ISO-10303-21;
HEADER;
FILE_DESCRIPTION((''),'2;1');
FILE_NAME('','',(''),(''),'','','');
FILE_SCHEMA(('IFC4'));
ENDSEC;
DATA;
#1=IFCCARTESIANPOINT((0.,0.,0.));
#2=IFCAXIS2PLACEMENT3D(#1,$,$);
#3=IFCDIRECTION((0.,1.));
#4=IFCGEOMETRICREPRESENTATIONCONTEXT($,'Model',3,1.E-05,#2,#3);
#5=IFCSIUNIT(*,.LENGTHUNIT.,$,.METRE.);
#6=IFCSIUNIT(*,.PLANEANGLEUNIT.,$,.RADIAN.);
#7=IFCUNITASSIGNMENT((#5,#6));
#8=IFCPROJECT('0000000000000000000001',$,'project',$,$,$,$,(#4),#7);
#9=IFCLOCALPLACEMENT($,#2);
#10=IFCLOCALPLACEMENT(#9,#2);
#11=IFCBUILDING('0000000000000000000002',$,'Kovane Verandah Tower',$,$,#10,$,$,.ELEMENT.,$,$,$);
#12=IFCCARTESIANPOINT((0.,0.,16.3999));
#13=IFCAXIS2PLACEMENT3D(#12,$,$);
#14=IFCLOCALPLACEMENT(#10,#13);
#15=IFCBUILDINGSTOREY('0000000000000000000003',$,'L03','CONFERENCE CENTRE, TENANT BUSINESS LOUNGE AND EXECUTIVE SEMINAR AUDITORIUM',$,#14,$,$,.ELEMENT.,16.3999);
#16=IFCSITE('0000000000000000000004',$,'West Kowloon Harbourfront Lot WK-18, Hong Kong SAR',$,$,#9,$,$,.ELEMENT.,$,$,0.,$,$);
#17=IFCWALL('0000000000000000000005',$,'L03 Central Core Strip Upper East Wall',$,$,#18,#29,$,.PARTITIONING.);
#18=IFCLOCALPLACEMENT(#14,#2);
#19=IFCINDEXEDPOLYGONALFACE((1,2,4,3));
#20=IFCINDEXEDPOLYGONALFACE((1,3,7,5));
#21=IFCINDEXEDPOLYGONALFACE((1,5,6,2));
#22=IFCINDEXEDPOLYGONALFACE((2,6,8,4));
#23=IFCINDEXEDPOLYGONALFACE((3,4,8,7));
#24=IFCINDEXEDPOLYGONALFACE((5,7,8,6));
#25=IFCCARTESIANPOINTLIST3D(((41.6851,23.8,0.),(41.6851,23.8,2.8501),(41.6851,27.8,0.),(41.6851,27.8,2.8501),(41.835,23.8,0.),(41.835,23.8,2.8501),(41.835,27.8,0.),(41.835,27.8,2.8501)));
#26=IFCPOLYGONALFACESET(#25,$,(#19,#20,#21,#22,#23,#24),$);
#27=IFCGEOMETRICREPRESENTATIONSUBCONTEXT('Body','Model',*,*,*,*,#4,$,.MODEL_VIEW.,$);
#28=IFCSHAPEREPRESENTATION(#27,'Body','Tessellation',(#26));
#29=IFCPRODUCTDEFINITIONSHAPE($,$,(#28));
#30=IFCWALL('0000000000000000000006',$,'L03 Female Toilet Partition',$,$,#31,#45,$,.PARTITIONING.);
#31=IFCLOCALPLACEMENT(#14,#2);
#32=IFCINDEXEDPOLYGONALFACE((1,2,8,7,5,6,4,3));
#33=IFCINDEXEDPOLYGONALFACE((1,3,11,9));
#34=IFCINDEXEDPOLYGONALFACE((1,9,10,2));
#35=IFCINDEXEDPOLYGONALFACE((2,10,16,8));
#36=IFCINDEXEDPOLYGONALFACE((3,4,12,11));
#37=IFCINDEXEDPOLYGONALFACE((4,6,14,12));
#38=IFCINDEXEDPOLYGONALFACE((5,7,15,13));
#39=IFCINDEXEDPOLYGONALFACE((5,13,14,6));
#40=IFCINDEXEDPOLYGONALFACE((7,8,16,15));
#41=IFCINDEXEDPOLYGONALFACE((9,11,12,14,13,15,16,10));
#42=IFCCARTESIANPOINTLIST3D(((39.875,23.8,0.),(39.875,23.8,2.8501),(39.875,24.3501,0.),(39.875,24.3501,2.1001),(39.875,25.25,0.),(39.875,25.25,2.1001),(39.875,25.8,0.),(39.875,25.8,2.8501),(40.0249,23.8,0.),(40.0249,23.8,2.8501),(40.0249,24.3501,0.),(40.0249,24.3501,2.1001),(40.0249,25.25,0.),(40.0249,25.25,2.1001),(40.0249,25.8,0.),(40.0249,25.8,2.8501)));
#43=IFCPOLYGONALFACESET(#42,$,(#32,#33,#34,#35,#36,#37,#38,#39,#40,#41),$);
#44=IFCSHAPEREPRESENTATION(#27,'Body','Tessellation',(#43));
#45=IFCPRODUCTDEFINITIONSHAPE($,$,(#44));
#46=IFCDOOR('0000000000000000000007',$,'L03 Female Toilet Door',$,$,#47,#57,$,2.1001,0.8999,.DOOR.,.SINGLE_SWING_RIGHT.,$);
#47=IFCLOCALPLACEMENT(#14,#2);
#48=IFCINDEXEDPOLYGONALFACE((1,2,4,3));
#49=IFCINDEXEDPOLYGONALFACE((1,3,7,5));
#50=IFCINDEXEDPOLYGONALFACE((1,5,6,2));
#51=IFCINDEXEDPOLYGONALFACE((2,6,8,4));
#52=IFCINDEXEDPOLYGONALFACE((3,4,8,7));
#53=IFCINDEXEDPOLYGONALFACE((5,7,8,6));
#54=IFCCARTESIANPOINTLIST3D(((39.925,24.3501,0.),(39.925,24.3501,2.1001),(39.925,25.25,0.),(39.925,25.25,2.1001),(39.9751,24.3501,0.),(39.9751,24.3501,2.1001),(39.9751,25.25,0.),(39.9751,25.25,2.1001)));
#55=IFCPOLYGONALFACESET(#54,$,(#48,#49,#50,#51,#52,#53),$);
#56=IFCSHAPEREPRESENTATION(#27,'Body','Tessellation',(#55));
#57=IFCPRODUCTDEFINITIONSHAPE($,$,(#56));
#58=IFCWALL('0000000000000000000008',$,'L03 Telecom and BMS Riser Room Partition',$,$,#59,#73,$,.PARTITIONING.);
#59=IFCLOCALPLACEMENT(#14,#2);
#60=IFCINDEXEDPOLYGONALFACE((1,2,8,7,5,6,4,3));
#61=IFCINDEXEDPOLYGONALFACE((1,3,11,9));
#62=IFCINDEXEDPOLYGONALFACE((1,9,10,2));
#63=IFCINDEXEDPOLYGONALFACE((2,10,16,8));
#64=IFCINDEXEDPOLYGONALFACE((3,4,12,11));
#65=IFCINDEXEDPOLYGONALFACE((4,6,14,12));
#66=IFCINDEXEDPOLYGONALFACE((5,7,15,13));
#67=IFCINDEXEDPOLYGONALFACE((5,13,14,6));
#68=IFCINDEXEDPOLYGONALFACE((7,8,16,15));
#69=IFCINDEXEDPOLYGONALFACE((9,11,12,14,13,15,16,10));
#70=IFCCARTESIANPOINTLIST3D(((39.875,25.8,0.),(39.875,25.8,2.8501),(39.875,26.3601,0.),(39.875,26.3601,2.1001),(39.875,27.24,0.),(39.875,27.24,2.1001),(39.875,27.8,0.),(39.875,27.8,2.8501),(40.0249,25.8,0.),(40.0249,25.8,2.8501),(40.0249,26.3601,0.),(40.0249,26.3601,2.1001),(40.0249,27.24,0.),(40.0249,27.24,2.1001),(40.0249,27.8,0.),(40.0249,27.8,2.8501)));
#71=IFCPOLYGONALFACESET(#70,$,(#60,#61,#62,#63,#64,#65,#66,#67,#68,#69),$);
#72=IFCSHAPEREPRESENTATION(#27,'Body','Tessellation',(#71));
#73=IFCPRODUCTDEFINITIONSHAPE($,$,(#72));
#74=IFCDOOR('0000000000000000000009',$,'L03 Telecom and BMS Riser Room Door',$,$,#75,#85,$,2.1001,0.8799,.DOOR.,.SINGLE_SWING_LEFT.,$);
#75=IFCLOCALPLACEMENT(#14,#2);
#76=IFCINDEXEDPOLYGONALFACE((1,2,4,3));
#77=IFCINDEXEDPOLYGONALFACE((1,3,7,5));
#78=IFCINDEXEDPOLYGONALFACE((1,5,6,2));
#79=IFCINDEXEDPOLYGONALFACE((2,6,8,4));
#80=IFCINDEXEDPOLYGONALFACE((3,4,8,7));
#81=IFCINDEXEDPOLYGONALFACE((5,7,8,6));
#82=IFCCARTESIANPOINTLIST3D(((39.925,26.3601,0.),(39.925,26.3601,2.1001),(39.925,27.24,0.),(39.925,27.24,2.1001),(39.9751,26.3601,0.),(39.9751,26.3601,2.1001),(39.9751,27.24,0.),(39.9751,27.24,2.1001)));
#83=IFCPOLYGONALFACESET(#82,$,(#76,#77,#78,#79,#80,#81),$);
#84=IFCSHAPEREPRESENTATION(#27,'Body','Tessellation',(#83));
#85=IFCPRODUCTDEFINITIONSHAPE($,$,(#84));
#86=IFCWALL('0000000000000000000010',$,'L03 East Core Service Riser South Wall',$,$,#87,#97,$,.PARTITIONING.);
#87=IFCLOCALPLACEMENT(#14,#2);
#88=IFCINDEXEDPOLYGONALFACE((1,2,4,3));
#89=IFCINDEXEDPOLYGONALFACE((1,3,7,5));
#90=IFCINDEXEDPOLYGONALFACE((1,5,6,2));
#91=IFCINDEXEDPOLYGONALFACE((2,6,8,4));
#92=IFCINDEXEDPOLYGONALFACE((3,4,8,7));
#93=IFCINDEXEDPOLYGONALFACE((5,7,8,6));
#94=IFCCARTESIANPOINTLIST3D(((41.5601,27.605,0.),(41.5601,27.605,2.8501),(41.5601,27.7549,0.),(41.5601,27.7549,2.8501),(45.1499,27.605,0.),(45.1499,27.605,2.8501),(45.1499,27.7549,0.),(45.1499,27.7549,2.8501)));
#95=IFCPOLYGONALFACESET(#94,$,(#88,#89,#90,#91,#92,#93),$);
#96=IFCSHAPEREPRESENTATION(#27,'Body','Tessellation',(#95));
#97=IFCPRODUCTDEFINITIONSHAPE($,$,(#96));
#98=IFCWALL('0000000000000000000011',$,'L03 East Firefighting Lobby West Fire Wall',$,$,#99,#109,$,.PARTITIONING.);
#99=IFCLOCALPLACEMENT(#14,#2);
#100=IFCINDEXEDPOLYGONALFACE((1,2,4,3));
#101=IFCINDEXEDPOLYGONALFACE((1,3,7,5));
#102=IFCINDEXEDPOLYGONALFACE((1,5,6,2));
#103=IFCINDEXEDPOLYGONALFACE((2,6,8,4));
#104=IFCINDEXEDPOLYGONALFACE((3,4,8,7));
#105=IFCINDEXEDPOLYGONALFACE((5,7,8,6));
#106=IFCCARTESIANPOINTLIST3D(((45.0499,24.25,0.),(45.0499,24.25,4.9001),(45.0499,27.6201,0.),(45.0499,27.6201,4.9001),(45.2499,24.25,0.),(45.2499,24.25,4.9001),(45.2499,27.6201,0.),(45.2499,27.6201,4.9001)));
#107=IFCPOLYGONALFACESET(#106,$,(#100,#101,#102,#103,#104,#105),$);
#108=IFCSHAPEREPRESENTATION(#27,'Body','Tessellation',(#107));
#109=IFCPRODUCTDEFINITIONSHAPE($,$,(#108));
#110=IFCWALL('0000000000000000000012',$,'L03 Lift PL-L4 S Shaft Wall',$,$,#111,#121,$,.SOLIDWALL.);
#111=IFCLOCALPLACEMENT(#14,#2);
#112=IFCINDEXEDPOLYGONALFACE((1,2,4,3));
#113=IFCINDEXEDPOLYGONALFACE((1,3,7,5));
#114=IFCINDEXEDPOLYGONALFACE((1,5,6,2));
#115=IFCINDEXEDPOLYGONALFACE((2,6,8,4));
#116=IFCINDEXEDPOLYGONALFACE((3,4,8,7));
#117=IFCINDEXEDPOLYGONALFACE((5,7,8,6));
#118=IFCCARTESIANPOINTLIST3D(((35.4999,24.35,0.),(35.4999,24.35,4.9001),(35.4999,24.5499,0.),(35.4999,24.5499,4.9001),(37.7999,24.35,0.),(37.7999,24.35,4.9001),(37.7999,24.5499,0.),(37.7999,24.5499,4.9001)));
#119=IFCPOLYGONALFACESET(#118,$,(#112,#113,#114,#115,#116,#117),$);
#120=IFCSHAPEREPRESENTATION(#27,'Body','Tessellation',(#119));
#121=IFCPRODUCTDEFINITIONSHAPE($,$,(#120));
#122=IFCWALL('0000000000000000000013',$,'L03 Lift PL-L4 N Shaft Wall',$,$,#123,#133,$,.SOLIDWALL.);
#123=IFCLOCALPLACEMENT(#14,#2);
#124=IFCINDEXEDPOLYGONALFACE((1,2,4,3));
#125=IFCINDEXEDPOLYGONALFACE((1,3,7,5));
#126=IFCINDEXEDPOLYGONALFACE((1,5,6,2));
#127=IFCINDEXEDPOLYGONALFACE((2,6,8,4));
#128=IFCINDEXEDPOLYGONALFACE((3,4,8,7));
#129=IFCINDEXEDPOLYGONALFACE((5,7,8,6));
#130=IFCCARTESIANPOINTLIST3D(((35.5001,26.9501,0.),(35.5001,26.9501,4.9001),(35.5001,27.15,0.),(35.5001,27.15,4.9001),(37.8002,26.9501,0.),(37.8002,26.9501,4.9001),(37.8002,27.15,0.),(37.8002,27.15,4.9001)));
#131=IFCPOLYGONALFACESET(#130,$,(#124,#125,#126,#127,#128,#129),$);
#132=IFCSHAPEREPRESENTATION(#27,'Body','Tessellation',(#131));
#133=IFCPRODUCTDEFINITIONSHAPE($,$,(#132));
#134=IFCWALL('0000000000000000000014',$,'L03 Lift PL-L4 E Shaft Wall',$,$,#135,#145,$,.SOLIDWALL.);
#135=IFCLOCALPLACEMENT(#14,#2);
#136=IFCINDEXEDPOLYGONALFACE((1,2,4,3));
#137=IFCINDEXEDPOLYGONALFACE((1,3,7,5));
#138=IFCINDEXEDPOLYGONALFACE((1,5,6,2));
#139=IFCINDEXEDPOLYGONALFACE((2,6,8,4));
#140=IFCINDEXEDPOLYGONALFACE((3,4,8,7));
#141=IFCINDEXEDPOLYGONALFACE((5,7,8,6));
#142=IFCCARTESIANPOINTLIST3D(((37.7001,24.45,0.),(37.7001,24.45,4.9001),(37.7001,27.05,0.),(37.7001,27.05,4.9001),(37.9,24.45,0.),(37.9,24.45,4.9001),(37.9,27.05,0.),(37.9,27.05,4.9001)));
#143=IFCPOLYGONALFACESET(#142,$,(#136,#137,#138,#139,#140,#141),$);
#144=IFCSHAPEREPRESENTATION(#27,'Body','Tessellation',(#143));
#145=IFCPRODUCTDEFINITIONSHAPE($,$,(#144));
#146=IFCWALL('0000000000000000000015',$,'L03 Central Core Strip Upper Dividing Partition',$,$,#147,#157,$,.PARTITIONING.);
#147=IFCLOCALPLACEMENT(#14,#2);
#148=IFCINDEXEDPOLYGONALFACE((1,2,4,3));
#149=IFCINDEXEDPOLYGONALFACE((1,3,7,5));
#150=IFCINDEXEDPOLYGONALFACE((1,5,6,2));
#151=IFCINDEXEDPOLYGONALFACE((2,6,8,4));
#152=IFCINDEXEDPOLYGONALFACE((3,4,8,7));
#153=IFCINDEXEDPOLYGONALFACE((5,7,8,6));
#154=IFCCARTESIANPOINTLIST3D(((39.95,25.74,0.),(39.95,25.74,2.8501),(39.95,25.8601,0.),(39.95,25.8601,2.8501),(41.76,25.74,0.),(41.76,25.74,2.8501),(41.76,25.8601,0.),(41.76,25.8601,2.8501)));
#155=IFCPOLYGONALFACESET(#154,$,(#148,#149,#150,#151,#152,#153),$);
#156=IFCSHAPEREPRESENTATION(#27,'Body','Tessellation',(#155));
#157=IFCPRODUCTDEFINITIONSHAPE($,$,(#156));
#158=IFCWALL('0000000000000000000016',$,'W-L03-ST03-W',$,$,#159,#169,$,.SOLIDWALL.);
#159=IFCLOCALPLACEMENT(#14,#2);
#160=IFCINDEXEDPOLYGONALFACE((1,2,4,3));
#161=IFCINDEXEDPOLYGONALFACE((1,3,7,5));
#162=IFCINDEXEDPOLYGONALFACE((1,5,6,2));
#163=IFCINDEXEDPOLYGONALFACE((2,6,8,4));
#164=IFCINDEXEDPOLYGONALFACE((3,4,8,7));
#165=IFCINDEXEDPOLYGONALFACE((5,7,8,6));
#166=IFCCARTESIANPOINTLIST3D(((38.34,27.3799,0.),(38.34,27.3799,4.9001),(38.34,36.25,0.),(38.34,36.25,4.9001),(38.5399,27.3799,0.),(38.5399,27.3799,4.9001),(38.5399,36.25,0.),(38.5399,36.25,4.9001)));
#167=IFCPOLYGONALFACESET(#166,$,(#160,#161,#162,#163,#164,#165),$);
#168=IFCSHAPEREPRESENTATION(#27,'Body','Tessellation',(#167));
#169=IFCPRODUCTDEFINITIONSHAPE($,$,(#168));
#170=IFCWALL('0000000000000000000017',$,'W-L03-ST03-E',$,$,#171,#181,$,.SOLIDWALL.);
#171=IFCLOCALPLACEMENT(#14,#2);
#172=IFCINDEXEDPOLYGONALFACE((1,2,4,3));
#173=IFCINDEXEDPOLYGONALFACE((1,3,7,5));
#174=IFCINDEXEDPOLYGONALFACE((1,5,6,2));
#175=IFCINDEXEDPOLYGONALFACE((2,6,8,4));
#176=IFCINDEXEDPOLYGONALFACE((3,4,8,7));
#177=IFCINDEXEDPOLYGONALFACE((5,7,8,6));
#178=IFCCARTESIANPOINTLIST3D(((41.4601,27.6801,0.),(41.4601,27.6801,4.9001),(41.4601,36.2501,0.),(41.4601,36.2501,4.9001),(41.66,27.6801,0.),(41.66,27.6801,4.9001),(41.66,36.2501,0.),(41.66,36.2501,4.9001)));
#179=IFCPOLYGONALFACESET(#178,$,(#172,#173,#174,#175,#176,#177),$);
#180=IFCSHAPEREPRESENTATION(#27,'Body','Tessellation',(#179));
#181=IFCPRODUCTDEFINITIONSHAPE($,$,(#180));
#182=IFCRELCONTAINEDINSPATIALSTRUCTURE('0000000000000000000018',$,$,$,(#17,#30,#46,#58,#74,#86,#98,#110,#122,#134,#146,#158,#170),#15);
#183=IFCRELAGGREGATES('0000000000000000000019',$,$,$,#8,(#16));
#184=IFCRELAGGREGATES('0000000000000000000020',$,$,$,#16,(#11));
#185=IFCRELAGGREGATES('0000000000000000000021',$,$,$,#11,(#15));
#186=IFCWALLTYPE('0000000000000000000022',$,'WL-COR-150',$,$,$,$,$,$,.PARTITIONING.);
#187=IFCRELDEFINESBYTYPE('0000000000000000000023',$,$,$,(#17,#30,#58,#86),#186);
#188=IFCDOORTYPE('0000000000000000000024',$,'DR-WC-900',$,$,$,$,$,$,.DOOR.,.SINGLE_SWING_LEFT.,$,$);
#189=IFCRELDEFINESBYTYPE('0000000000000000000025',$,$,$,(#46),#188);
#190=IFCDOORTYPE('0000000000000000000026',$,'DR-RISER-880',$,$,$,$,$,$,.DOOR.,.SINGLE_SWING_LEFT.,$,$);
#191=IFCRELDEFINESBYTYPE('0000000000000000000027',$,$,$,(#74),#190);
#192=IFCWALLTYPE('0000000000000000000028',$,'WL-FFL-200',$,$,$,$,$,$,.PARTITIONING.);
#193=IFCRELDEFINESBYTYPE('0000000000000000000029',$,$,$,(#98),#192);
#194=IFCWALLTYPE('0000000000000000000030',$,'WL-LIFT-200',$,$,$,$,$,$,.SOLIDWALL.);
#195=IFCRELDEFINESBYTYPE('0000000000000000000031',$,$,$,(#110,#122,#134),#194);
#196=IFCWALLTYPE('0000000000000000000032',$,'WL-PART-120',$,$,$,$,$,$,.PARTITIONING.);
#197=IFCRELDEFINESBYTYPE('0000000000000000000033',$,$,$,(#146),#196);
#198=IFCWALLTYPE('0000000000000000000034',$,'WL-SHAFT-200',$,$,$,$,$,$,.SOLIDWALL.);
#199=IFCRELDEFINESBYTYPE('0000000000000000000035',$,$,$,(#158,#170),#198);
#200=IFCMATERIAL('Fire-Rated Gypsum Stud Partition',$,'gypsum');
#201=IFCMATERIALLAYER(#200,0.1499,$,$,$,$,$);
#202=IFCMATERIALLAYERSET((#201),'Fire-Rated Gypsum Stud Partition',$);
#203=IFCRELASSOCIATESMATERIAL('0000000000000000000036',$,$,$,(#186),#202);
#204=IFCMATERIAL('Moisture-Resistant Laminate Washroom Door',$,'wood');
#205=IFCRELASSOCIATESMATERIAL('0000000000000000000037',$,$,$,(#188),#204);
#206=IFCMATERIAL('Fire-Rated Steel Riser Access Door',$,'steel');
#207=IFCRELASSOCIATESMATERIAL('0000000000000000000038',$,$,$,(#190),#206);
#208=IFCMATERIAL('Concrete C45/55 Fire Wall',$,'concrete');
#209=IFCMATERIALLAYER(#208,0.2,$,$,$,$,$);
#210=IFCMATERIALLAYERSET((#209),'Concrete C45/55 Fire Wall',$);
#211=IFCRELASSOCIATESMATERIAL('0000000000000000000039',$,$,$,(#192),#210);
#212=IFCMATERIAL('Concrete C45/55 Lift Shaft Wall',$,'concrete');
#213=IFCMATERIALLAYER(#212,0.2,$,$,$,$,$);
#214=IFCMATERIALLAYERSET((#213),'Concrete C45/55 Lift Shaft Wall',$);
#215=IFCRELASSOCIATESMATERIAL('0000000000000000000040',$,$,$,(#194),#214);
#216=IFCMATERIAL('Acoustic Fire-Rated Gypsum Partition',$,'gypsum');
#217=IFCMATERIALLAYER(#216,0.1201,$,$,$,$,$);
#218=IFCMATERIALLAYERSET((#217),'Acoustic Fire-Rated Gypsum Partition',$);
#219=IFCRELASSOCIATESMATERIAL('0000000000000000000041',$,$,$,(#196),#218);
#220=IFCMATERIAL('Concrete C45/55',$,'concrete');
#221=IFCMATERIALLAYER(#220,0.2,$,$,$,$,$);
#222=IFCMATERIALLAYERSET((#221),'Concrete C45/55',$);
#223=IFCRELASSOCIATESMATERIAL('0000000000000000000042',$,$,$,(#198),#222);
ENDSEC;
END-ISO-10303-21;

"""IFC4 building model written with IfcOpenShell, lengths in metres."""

from ifc_helpers import new_model, si_unit, direction, frame, frame_2d, origin, place, context, subcontext, project, spatial, rectangle, extrude, material, layer, layer_set, type_object, element, fill, save


model = new_model("IFC4")

# Units and contexts
model_context = context("Model", 3, precision=1e-05, world=origin(), true_north=direction((0.0, 1.0)))
body_context = subcontext(model_context, "Body", "Model", "MODEL_VIEW")
ifc_project = project(units=[si_unit("LENGTHUNIT", "METRE"), si_unit("PLANEANGLEUNIT", "RADIAN")], contexts=[model_context])

# Site, building, storey
site_placement = place(None, origin())
site = spatial("IfcSite", under=ifc_project, at=site_placement, Name="West Kowloon Harbourfront Lot WK-18, Hong Kong SAR", CompositionType="ELEMENT", RefElevation=0.0)
building_placement = place(site_placement, origin())
building = spatial("IfcBuilding", under=site, at=building_placement, Name="Kovane Verandah Tower", CompositionType="ELEMENT")
storey_placement = place(building_placement, frame((0.0, 0.0, 16.3999)))
storey = spatial("IfcBuildingStorey", under=building, at=storey_placement, Name="L03", Description="CONFERENCE CENTRE, TENANT BUSINESS LOUNGE AND EXECUTIVE SEMINAR AUDITORIUM", CompositionType="ELEMENT", Elevation=16.3999)

# Wall
ifc_material_1 = material(Name="Fire-Rated Gypsum Stud Partition", Category="gypsum")
ifc_layer_1 = layer(ifc_material_1, 0.1499)
ifc_layer_set_1 = layer_set([ifc_layer_1], Name="Fire-Rated Gypsum Stud Partition")
wall_type_1 = type_object("IfcWallType", Name="WL-COR-150", PredefinedType="PARTITIONING", material=ifc_layer_set_1)
wall_1_placement = place(storey_placement, frame((41.76, 23.8, 0.0), z_axis=(0.0, 0.0, 1.0), x_axis=(0.0, 1.0, 0.0)))
element("IfcWall", 1, at=wall_1_placement, inside=storey, type_object=wall_type_1, Name="L03 Central Core Strip Upper East Wall", PredefinedType="PARTITIONING", context=body_context, shape_type="SweptSolid", body=[
    extrude(rectangle(XDim=4.0, YDim=0.1499, at=frame_2d((2.0, 0.0))), origin(), (0.0, 0.0, 1.0), 2.8501),
])

# Walls, openings, doors
wall_2_placement = place(storey_placement, frame((39.95, 23.8, 0.0), z_axis=(0.0, 0.0, 1.0), x_axis=(0.0, 1.0, 0.0)))
wall_2 = element("IfcWall", 2, at=wall_2_placement, inside=storey, type_object=wall_type_1, Name="L03 Female Toilet Partition", PredefinedType="PARTITIONING", context=body_context, shape_type="SweptSolid", body=[
    extrude(rectangle(XDim=2.0, YDim=0.1499, at=frame_2d((1.0, 0.0))), origin(), (0.0, 0.0, 1.0), 2.8501),
])
opening_1_placement = place(wall_2_placement, frame((0.55, 0.0, 0.0)))
opening_1 = element("IfcOpeningElement", 3, at=opening_1_placement, cuts=wall_2, PredefinedType="OPENING", context=body_context, shape_type="SweptSolid", body=[
    extrude(rectangle(XDim=0.8999, YDim=2.1001, at=frame_2d((0.45, 1.05))), frame((0.0, 0.075, 0.0), z_axis=(0.0, -1.0, 0.0), x_axis=(1.0, 0.0, 0.0)), (0.0, 0.0, 1.0), 0.1499),
])
ifc_material_2 = material(Name="Moisture-Resistant Laminate Washroom Door", Category="wood")
door_type_1 = type_object("IfcDoorType", Name="DR-WC-900", OperationType="SINGLE_SWING_LEFT", PredefinedType="DOOR", material=ifc_material_2)
door_1_placement = place(opening_1_placement, origin())
door_1 = element("IfcDoor", 4, at=door_1_placement, inside=storey, type_object=door_type_1, Name="L03 Female Toilet Door", OperationType="SINGLE_SWING_RIGHT", OverallHeight=2.1001, OverallWidth=0.8999, PredefinedType="DOOR", context=body_context, shape_type="SweptSolid", body=[
    extrude(rectangle(XDim=0.8999, YDim=2.1001, at=frame_2d((0.45, 1.05))), frame((0.0, 0.0249, 0.0), z_axis=(0.0, -1.0, 0.0), x_axis=(1.0, 0.0, 0.0)), (0.0, 0.0, 1.0), 0.05),
])
fill(opening_1, door_1)
wall_3_placement = place(storey_placement, frame((39.95, 25.8, 0.0), z_axis=(0.0, 0.0, 1.0), x_axis=(0.0, 1.0, 0.0)))
wall_3 = element("IfcWall", 5, at=wall_3_placement, inside=storey, type_object=wall_type_1, Name="L03 Telecom and BMS Riser Room Partition", PredefinedType="PARTITIONING", context=body_context, shape_type="SweptSolid", body=[
    extrude(rectangle(XDim=2.0, YDim=0.1499, at=frame_2d((1.0, 0.0))), origin(), (0.0, 0.0, 1.0), 2.8501),
])
opening_2_placement = place(wall_3_placement, frame((0.5601, 0.0, 0.0)))
opening_2 = element("IfcOpeningElement", 6, at=opening_2_placement, cuts=wall_3, PredefinedType="OPENING", context=body_context, shape_type="SweptSolid", body=[
    extrude(rectangle(XDim=0.8799, YDim=2.1001, at=frame_2d((0.4399, 1.05))), frame((0.0, 0.075, 0.0), z_axis=(0.0, -1.0, 0.0), x_axis=(1.0, 0.0, 0.0)), (0.0, 0.0, 1.0), 0.1499),
])
ifc_material_3 = material(Name="Fire-Rated Steel Riser Access Door", Category="steel")
door_type_2 = type_object("IfcDoorType", Name="DR-RISER-880", OperationType="SINGLE_SWING_LEFT", PredefinedType="DOOR", material=ifc_material_3)
door_2_placement = place(opening_2_placement, origin())
door_2 = element("IfcDoor", 7, at=door_2_placement, inside=storey, type_object=door_type_2, Name="L03 Telecom and BMS Riser Room Door", OperationType="SINGLE_SWING_LEFT", OverallHeight=2.1001, OverallWidth=0.8799, PredefinedType="DOOR", context=body_context, shape_type="SweptSolid", body=[
    extrude(rectangle(XDim=0.8799, YDim=2.1001, at=frame_2d((0.4399, 1.05))), frame((0.0, 0.0249, 0.0), z_axis=(0.0, -1.0, 0.0), x_axis=(1.0, 0.0, 0.0)), (0.0, 0.0, 1.0), 0.05),
])
fill(opening_2, door_2)

# Wall
wall_4_placement = place(storey_placement, frame((41.5601, 27.6799, 0.0), z_axis=(0.0, 0.0, 1.0), x_axis=(1.0, 0.0, 0.0)))
element("IfcWall", 8, at=wall_4_placement, inside=storey, type_object=wall_type_1, Name="L03 East Core Service Riser South Wall", PredefinedType="PARTITIONING", context=body_context, shape_type="SweptSolid", body=[
    extrude(rectangle(XDim=3.5898, YDim=0.1499, at=frame_2d((1.7949, 0.0))), origin(), (0.0, 0.0, 1.0), 2.8501),
])

# Walls
ifc_material_4 = material(Name="Concrete C45/55 Fire Wall", Category="concrete")
ifc_layer_2 = layer(ifc_material_4, 0.2)
ifc_layer_set_2 = layer_set([ifc_layer_2], Name="Concrete C45/55 Fire Wall")
wall_type_2 = type_object("IfcWallType", Name="WL-FFL-200", PredefinedType="PARTITIONING", material=ifc_layer_set_2)
wall_5_placement = place(storey_placement, frame((45.1499, 24.25, 0.0), z_axis=(0.0, 0.0, 1.0), x_axis=(0.0, 1.0, 0.0)))
element("IfcWall", 9, at=wall_5_placement, inside=storey, type_object=wall_type_2, Name="L03 East Firefighting Lobby West Fire Wall", PredefinedType="PARTITIONING", context=body_context, shape_type="SweptSolid", body=[
    extrude(rectangle(XDim=3.3701, YDim=0.2, at=frame_2d((1.6851, 0.0))), origin(), (0.0, 0.0, 1.0), 4.9001),
])
ifc_material_5 = material(Name="Concrete C45/55 Lift Shaft Wall", Category="concrete")
ifc_layer_3 = layer(ifc_material_5, 0.2)
ifc_layer_set_3 = layer_set([ifc_layer_3], Name="Concrete C45/55 Lift Shaft Wall")
wall_type_3 = type_object("IfcWallType", Name="WL-LIFT-200", PredefinedType="SOLIDWALL", material=ifc_layer_set_3)
for number, where, z_axis, x_axis, name in (
    (10, (35.5, 24.45, 0.0), (0.0, 0.0, 1.0), (1.0, 0.0, 0.0), "L03 Lift PL-L4 S Shaft Wall"),
    (11, (37.8, 27.05, 0.0), (0.0, 0.0, 1.0), (-1.0, 0.0, 0.0), "L03 Lift PL-L4 N Shaft Wall"),
):
    element("IfcWall", number, at=place(storey_placement, frame(where, z_axis=z_axis, x_axis=x_axis)), inside=storey, type_object=wall_type_3, Name=name, PredefinedType="SOLIDWALL", context=body_context, shape_type="SweptSolid", body=[
        extrude(rectangle(XDim=2.3, YDim=0.2, at=frame_2d((1.1499, 0.0))), origin(), (0.0, 0.0, 1.0), 4.9001),
    ])
wall_6_placement = place(storey_placement, frame((37.8, 24.45, 0.0), z_axis=(0.0, 0.0, 1.0), x_axis=(0.0, 1.0, 0.0)))
element("IfcWall", 12, at=wall_6_placement, inside=storey, type_object=wall_type_3, Name="L03 Lift PL-L4 E Shaft Wall", PredefinedType="SOLIDWALL", context=body_context, shape_type="SweptSolid", body=[
    extrude(rectangle(XDim=2.6001, YDim=0.2, at=frame_2d((1.3, 0.0))), origin(), (0.0, 0.0, 1.0), 4.9001),
])
ifc_material_6 = material(Name="Acoustic Fire-Rated Gypsum Partition", Category="gypsum")
ifc_layer_4 = layer(ifc_material_6, 0.1201)
ifc_layer_set_4 = layer_set([ifc_layer_4], Name="Acoustic Fire-Rated Gypsum Partition")
wall_type_4 = type_object("IfcWallType", Name="WL-PART-120", PredefinedType="PARTITIONING", material=ifc_layer_set_4)
wall_7_placement = place(storey_placement, frame((39.95, 25.8, 0.0), z_axis=(0.0, 0.0, 1.0), x_axis=(1.0, 0.0, 0.0)))
element("IfcWall", 13, at=wall_7_placement, inside=storey, type_object=wall_type_4, Name="L03 Central Core Strip Upper Dividing Partition", PredefinedType="PARTITIONING", context=body_context, shape_type="SweptSolid", body=[
    extrude(rectangle(XDim=1.8101, YDim=0.1201, at=frame_2d((0.905, 0.0))), origin(), (0.0, 0.0, 1.0), 2.8501),
])
ifc_material_7 = material(Name="Concrete C45/55", Category="concrete")
ifc_layer_5 = layer(ifc_material_7, 0.2)
ifc_layer_set_5 = layer_set([ifc_layer_5], Name="Concrete C45/55")
wall_type_5 = type_object("IfcWallType", Name="WL-SHAFT-200", PredefinedType="SOLIDWALL", material=ifc_layer_set_5)
wall_8_placement = place(storey_placement, frame((38.4399, 27.3799, 0.0), z_axis=(0.0, 0.0, 1.0), x_axis=(0.0, 1.0, 0.0)))
element("IfcWall", 14, at=wall_8_placement, inside=storey, type_object=wall_type_5, Name="W-L03-ST03-W", PredefinedType="SOLIDWALL", context=body_context, shape_type="SweptSolid", body=[
    extrude(rectangle(XDim=8.8701, YDim=0.2, at=frame_2d((4.4351, 0.0))), origin(), (0.0, 0.0, 1.0), 4.9001),
])
wall_9_placement = place(storey_placement, frame((41.5601, 27.6799, 0.0), z_axis=(0.0, 0.0, 1.0), x_axis=(0.0, 1.0, 0.0)))
element("IfcWall", 15, at=wall_9_placement, inside=storey, type_object=wall_type_5, Name="W-L03-ST03-E", PredefinedType="SOLIDWALL", context=body_context, shape_type="SweptSolid", body=[
    extrude(rectangle(XDim=8.5701, YDim=0.2, at=frame_2d((4.2852, 0.0))), origin(), (0.0, 0.0, 1.0), 4.9001),
])

save(model, "model.ifc")
